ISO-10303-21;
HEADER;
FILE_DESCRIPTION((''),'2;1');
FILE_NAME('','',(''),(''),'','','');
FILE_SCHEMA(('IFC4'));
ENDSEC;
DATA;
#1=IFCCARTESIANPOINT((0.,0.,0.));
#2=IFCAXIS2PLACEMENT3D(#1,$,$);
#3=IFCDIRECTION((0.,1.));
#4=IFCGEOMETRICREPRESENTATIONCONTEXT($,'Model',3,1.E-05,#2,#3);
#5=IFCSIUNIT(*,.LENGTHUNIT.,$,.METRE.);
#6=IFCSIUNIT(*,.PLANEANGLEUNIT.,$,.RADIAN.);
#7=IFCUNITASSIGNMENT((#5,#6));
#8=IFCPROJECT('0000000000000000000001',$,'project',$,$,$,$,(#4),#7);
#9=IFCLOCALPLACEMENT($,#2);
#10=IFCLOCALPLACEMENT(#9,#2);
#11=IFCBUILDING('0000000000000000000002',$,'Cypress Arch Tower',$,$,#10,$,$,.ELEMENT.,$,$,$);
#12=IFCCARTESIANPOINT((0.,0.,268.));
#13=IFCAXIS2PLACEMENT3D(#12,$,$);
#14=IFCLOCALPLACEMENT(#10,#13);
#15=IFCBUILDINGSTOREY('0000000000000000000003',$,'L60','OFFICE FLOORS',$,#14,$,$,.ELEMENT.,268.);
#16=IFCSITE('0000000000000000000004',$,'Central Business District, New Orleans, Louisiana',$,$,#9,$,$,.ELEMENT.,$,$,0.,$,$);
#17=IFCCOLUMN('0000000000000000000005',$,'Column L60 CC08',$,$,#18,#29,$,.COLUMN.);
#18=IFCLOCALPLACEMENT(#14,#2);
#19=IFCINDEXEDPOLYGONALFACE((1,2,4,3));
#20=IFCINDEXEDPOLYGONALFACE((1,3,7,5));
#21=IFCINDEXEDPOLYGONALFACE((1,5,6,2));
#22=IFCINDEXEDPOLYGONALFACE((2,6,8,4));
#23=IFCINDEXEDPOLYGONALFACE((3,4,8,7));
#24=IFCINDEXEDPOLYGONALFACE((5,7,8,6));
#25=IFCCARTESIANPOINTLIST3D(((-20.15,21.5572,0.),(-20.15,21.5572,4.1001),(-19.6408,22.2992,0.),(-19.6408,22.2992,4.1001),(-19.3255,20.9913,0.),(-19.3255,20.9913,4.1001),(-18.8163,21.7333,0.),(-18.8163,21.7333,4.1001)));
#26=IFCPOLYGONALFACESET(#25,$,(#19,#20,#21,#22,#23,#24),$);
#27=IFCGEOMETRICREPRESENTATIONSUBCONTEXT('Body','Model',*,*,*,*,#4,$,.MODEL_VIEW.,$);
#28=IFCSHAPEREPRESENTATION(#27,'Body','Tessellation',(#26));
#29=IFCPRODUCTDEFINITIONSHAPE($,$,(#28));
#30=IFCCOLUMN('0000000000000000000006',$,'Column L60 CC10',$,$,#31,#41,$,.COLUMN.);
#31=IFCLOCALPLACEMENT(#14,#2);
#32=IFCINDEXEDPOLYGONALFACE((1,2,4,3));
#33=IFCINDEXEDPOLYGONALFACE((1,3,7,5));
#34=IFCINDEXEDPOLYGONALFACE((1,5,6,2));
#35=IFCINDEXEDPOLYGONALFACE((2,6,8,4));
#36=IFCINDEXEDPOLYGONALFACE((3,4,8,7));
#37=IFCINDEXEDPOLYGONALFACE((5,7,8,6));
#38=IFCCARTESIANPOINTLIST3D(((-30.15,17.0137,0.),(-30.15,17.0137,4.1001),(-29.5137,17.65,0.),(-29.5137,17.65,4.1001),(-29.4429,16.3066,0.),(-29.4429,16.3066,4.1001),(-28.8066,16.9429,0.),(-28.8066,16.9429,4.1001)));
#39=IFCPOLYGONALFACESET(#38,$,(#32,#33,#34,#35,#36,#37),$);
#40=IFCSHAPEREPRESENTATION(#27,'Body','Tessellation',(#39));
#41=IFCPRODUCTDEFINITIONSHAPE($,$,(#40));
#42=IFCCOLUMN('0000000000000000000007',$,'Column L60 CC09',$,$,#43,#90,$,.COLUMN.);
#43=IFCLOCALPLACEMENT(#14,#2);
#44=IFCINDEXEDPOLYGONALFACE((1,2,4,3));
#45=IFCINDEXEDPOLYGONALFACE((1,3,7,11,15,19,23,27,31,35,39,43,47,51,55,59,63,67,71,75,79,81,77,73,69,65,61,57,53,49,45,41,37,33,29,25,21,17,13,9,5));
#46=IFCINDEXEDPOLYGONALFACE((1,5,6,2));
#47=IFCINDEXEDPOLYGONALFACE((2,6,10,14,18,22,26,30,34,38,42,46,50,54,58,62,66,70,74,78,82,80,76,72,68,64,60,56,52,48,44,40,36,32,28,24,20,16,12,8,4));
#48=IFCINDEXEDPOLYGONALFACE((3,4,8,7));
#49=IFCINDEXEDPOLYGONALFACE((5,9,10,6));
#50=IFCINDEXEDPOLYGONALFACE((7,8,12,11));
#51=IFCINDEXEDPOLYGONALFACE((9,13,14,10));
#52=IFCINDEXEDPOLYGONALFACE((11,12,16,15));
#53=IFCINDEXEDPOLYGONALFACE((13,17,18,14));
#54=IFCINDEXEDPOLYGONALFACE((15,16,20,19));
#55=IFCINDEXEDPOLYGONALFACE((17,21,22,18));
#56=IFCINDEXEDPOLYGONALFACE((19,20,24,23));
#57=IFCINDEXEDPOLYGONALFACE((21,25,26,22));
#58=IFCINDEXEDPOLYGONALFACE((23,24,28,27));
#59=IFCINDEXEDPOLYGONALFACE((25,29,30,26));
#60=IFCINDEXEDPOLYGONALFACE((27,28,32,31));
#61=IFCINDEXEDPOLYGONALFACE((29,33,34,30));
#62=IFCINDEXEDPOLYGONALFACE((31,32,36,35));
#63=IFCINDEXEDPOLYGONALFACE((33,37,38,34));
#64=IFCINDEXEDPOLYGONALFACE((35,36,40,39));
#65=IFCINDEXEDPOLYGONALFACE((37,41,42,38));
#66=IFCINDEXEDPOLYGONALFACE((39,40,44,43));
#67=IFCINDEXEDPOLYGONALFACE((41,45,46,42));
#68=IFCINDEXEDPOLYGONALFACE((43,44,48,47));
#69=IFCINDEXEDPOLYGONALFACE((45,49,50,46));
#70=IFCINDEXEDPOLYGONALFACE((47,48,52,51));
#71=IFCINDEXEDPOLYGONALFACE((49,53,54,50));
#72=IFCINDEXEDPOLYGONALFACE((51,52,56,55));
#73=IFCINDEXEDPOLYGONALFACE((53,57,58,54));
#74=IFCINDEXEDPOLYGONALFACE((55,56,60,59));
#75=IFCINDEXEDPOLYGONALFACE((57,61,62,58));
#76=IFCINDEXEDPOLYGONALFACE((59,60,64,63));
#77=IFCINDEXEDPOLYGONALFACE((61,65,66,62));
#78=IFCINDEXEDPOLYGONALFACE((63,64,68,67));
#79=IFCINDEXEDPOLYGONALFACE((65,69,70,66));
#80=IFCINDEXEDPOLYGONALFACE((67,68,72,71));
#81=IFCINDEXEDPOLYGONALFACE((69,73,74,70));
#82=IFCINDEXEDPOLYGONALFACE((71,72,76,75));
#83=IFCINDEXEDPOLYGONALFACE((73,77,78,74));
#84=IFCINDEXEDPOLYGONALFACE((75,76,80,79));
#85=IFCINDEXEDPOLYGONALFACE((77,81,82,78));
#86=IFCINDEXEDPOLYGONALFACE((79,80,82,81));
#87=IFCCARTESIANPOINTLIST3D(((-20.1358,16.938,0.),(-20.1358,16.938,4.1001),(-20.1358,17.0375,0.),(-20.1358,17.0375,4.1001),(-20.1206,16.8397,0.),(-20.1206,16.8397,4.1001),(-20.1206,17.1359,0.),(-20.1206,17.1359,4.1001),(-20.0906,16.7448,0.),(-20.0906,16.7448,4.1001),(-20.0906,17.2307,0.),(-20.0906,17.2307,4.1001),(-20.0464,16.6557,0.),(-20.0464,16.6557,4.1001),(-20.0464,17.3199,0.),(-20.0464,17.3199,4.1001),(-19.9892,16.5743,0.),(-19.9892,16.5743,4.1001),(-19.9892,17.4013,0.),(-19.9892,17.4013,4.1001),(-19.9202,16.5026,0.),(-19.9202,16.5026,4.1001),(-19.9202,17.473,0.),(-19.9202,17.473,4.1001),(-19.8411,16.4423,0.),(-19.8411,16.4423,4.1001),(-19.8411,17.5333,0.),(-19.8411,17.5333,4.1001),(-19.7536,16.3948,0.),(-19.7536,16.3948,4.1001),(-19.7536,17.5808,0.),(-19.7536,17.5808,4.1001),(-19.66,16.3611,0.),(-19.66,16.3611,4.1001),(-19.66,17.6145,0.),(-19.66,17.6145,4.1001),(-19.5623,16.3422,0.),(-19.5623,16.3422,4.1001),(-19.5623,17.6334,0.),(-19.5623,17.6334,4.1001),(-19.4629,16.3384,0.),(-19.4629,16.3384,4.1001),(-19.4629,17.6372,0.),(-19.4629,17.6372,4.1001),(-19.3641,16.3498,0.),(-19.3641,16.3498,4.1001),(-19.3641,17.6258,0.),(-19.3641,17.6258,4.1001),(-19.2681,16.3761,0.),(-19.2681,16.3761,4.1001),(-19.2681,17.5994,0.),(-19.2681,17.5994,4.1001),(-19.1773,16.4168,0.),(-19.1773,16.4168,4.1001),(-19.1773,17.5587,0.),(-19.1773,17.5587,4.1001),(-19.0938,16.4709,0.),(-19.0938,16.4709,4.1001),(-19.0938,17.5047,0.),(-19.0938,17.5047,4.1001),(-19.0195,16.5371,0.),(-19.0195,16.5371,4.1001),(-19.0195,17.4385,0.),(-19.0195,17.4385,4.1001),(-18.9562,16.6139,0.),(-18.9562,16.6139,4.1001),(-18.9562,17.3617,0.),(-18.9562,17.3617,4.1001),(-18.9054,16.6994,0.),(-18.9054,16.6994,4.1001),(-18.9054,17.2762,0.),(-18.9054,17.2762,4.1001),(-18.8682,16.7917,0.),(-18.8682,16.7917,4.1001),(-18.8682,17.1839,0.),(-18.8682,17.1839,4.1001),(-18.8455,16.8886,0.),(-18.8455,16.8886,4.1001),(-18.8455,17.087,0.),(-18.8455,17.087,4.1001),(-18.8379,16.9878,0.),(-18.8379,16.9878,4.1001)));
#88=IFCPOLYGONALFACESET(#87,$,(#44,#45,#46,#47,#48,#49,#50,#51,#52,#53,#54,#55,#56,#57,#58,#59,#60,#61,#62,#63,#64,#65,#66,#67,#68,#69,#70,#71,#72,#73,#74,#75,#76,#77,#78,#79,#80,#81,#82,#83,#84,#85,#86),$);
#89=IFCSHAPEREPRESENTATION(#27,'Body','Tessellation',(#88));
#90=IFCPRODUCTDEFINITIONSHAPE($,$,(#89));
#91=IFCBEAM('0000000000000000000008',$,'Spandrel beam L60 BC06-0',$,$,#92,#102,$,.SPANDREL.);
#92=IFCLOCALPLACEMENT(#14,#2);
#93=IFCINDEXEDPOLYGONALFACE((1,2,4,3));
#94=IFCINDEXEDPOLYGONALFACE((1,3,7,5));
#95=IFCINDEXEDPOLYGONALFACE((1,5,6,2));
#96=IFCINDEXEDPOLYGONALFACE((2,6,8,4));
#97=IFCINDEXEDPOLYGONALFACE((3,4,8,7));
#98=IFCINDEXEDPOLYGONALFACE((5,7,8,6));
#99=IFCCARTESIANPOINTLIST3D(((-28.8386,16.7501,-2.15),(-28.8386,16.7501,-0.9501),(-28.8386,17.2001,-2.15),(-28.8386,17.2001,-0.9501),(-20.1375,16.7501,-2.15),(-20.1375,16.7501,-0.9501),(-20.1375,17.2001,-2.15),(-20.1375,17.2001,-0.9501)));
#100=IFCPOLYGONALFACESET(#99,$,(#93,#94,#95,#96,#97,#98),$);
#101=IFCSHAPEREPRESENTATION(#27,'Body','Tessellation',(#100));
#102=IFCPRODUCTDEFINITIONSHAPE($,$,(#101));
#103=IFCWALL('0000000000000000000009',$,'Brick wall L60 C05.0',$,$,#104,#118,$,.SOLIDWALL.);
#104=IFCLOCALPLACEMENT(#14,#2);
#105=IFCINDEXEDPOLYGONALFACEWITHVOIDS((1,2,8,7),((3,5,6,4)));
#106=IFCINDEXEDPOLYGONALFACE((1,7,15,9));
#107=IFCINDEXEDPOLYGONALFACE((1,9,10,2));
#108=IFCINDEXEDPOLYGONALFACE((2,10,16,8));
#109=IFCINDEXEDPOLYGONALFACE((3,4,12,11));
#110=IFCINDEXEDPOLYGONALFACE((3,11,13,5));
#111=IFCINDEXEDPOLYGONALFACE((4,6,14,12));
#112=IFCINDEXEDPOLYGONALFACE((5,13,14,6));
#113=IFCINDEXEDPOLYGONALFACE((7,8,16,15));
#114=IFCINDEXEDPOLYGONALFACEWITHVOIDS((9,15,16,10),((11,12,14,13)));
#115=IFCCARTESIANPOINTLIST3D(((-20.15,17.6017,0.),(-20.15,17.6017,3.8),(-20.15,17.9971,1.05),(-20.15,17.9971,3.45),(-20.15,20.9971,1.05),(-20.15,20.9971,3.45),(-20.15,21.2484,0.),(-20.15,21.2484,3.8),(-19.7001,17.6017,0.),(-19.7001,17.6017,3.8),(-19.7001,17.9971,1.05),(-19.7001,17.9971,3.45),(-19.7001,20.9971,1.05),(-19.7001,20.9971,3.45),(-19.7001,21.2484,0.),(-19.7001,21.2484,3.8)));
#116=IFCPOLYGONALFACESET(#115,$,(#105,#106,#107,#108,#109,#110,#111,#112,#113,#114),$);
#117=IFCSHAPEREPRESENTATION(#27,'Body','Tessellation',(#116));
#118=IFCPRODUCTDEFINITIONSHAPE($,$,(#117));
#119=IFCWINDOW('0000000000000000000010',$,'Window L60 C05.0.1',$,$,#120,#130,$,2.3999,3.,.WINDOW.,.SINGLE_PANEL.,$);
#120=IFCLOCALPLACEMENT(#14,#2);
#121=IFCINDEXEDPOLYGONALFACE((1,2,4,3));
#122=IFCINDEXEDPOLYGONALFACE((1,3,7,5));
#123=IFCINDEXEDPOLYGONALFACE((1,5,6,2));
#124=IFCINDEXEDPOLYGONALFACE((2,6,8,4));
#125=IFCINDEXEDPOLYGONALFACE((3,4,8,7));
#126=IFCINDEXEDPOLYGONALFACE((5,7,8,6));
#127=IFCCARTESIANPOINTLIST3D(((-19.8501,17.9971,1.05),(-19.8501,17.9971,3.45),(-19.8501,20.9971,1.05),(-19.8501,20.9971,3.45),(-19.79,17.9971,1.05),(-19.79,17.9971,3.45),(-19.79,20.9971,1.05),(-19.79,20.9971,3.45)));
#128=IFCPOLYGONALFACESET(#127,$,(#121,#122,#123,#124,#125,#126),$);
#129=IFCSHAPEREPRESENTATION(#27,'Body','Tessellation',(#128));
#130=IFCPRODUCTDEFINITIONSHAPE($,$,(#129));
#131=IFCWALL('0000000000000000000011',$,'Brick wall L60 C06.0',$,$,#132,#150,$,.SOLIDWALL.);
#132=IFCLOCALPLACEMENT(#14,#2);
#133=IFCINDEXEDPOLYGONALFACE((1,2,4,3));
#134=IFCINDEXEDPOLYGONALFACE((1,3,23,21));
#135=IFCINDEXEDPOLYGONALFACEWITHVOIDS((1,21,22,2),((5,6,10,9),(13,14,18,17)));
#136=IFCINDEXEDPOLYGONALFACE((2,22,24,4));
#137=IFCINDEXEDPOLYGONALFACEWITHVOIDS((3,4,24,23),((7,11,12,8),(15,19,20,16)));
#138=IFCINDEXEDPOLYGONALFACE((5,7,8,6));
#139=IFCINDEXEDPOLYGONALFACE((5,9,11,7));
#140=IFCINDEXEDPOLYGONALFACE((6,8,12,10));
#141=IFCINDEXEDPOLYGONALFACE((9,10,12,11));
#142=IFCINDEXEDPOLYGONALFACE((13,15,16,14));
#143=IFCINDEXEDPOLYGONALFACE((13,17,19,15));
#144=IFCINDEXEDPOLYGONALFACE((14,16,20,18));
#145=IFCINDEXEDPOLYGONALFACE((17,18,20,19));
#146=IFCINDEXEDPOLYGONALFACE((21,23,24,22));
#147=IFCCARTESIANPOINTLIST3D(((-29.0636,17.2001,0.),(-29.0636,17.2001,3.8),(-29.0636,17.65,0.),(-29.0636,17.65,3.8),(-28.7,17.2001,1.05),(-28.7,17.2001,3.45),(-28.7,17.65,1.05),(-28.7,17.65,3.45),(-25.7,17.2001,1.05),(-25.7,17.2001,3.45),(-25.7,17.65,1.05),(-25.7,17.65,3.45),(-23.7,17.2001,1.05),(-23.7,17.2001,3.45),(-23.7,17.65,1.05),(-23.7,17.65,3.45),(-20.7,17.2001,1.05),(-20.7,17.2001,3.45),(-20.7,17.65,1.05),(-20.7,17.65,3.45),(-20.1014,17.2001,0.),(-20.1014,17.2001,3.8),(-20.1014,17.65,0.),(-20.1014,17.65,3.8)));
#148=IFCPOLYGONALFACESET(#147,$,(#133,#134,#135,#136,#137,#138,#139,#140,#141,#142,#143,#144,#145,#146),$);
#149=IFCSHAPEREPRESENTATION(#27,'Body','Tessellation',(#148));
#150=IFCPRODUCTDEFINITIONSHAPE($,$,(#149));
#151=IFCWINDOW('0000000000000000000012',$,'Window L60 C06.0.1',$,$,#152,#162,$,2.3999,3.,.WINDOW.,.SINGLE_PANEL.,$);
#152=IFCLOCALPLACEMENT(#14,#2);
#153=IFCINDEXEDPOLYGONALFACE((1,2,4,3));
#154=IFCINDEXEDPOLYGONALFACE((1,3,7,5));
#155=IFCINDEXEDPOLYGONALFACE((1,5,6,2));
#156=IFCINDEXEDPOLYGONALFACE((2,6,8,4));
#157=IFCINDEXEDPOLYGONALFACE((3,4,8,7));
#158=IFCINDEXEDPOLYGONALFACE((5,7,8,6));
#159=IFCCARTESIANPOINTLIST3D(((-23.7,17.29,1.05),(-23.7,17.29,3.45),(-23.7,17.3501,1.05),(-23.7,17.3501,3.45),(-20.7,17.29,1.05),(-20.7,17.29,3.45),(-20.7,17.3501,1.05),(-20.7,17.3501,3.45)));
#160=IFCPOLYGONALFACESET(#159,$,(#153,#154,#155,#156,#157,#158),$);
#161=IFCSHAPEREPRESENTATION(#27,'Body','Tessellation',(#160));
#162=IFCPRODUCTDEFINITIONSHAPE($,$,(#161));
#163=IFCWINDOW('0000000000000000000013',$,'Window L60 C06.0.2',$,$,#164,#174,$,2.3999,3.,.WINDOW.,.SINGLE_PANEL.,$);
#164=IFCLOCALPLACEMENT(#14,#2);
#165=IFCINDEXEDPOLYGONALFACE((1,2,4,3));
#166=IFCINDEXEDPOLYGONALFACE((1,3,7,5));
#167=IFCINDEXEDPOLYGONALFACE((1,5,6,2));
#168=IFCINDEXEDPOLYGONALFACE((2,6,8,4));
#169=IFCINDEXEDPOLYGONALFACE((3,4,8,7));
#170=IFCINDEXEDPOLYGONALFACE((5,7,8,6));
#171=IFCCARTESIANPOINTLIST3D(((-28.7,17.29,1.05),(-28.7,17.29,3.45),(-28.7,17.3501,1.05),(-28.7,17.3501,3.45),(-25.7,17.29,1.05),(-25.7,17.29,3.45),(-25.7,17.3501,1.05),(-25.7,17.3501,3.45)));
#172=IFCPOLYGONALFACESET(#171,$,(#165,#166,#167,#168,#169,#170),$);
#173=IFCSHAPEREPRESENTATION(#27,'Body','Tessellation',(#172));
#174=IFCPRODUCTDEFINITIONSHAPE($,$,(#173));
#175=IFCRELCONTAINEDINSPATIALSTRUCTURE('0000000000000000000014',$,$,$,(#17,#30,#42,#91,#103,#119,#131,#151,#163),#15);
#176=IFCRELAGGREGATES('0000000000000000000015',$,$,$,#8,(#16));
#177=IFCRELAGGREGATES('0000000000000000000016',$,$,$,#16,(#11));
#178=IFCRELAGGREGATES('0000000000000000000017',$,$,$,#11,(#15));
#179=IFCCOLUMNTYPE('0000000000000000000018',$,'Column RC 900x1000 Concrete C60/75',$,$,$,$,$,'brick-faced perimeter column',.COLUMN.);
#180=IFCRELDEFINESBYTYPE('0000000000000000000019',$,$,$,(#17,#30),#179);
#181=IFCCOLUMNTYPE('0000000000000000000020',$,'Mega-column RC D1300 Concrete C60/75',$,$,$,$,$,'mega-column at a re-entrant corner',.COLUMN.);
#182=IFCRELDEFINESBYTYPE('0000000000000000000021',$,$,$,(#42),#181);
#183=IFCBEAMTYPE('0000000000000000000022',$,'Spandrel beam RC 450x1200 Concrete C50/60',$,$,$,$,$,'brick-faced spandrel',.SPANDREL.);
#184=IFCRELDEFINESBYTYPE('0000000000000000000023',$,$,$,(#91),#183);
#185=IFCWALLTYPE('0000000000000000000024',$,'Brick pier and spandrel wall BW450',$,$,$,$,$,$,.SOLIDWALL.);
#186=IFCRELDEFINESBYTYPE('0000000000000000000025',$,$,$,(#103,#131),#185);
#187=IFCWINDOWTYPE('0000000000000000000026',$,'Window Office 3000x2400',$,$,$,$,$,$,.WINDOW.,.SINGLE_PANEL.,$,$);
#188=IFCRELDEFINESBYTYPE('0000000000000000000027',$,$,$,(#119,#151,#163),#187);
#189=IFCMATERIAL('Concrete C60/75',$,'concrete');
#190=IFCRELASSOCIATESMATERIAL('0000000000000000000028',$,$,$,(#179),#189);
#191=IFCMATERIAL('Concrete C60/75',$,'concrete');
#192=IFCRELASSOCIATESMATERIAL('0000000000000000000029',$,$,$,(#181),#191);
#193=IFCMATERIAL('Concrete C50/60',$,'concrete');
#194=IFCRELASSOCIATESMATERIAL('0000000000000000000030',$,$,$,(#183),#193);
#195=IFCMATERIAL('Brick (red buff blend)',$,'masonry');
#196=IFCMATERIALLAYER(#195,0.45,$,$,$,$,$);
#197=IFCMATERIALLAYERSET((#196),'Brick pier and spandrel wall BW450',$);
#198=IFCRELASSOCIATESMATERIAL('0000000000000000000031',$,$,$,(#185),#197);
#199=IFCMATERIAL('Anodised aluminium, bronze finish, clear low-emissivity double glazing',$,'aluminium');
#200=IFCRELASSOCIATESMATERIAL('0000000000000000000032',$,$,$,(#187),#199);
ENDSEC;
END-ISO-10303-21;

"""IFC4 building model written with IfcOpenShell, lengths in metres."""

from ifc_helpers import new_model, si_unit, direction, frame, frame_2d, origin, origin_2d, place, context, subcontext, project, spatial, rectangle, circle, extrude, material, layer, layer_set, material_profile, profile_set, type_object, element, fill, save


model = new_model("IFC4")

# Units and contexts
model_context = context("Model", 3, precision=1e-05, world=origin(), true_north=direction((0.0, 1.0)))
body_context = subcontext(model_context, "Body", "Model", "MODEL_VIEW")
ifc_project = project(units=[si_unit("LENGTHUNIT", "METRE"), si_unit("PLANEANGLEUNIT", "RADIAN")], contexts=[model_context])

# Site, building, storey
site_placement = place(None, origin())
site = spatial("IfcSite", under=ifc_project, at=site_placement, Name="Central Business District, New Orleans, Louisiana", CompositionType="ELEMENT", RefElevation=0.0)
building_placement = place(site_placement, origin())
building = spatial("IfcBuilding", under=site, at=building_placement, Name="Cypress Arch Tower", CompositionType="ELEMENT")
storey_placement = place(building_placement, frame((0.0, 0.0, 268.0)))
storey = spatial("IfcBuildingStorey", under=building, at=storey_placement, Name="L60", Description="OFFICE FLOORS", CompositionType="ELEMENT", Elevation=268.0)

# Columns
ifc_material_1 = material(Name="Concrete C60/75", Category="concrete")
ifc_material_profile_1 = material_profile(ifc_material_1, rectangle(XDim=0.8999, YDim=1.0, at=origin_2d()), Name="RC 900x1000")
ifc_profile_set_1 = profile_set([ifc_material_profile_1], Name="Concrete C60/75")
column_type_1 = type_object("IfcColumnType", Name="Column RC 900x1000 Concrete C60/75", ElementType="brick-faced perimeter column", PredefinedType="COLUMN", material=ifc_profile_set_1)
for number, where, z_axis, x_axis, name in (
    (1, (-19.4832, 21.6453, 0.0), (0.0, 0.0, 1.0), (-0.565893, -0.824479, 0.0), "Column L60 CC08"),
    (2, (-29.4783, 16.9783, 0.0), (0.0, 0.0, 1.0), (-0.707107, -0.707107, 0.0), "Column L60 CC10"),
):
    element("IfcColumn", number, at=place(storey_placement, frame(where, z_axis=z_axis, x_axis=x_axis)), inside=storey, type_object=column_type_1, Name=name, PredefinedType="COLUMN", context=body_context, shape_type="SweptSolid", body=[
        extrude(rectangle(XDim=0.8999, YDim=1.0, at=origin_2d()), origin(), (0.0, 0.0, 1.0), 4.1001),
    ])
ifc_material_2 = material(Name="Concrete C60/75", Category="concrete")
ifc_material_profile_2 = material_profile(ifc_material_2, circle(Radius=0.6499, at=origin_2d()), Name="RC D1300")
ifc_profile_set_2 = profile_set([ifc_material_profile_2], Name="Concrete C60/75")
column_type_2 = type_object("IfcColumnType", Name="Mega-column RC D1300 Concrete C60/75", ElementType="mega-column at a re-entrant corner", PredefinedType="COLUMN", material=ifc_profile_set_2)
column_placement = place(storey_placement, frame((-19.4878, 16.9878, 0.0), z_axis=(0.0, 0.0, 1.0), x_axis=(1.0, 0.0, 0.0)))
element("IfcColumn", 3, at=column_placement, inside=storey, type_object=column_type_2, Name="Column L60 CC09", PredefinedType="COLUMN", context=body_context, shape_type="SweptSolid", body=[
    extrude(circle(Radius=0.6499, at=origin_2d()), origin(), (0.0, 0.0, 1.0), 4.1001),
])

# Beam
ifc_material_3 = material(Name="Concrete C50/60", Category="concrete")
ifc_material_profile_3 = material_profile(ifc_material_3, rectangle(XDim=0.45, YDim=1.2, at=origin_2d()), Name="RC 450x1200")
ifc_profile_set_3 = profile_set([ifc_material_profile_3], Name="Concrete C50/60")
beam_type = type_object("IfcBeamType", Name="Spandrel beam RC 450x1200 Concrete C50/60", ElementType="brick-faced spandrel", PredefinedType="SPANDREL", material=ifc_profile_set_3)
beam_placement = place(storey_placement, frame((-20.1375, 16.9751, -1.55), z_axis=(-1.0, 0.0, 0.0), x_axis=(0.0, -1.0, 0.0)))
element("IfcBeam", 4, at=beam_placement, inside=storey, type_object=beam_type, Name="Spandrel beam L60 BC06-0", PredefinedType="SPANDREL", context=body_context, shape_type="SweptSolid", body=[
    extrude(rectangle(XDim=0.45, YDim=1.2, at=origin_2d()), origin(), (0.0, 0.0, 1.0), 8.7012),
])

# Wall, opening, window
ifc_material_4 = material(Name="Brick (red buff blend)", Category="masonry")
ifc_layer_1 = layer(ifc_material_4, 0.45)
ifc_layer_set_1 = layer_set([ifc_layer_1], Name="Brick pier and spandrel wall BW450")
wall_type_1 = type_object("IfcWallType", Name="Brick pier and spandrel wall BW450", PredefinedType="SOLIDWALL", material=ifc_layer_set_1)
wall_1_placement = place(storey_placement, frame((-19.925, 21.2483, 0.0), z_axis=(0.0, 0.0, 1.0), x_axis=(0.0, -1.0, 0.0)))
wall_1 = element("IfcWall", 5, at=wall_1_placement, inside=storey, type_object=wall_type_1, Name="Brick wall L60 C05.0", PredefinedType="SOLIDWALL", context=body_context, shape_type="SweptSolid", body=[
    extrude(rectangle(XDim=3.6467, YDim=0.45, at=frame_2d((1.8232, 0.0))), origin(), (0.0, 0.0, 1.0), 3.8),
])
opening_1_placement = place(wall_1_placement, frame((0.2512, 0.0, 1.05)))
opening_1 = element("IfcOpeningElement", 6, at=opening_1_placement, cuts=wall_1, PredefinedType="OPENING", context=body_context, shape_type="SweptSolid", body=[
    extrude(rectangle(XDim=3.0, YDim=2.3999, at=frame_2d((1.5, 1.2))), frame((0.0, 0.2349, 0.0), z_axis=(0.0, -1.0, 0.0), x_axis=(1.0, 0.0, 0.0)), (0.0, 0.0, 1.0), 0.47),
])
ifc_material_5 = material(Name="Anodised aluminium, bronze finish, clear low-emissivity double glazing", Category="aluminium")
window_type = type_object("IfcWindowType", Name="Window Office 3000x2400", PartitioningType="SINGLE_PANEL", PredefinedType="WINDOW", material=ifc_material_5)
window_1_placement = place(opening_1_placement, origin())
window_1 = element("IfcWindow", 7, at=window_1_placement, inside=storey, type_object=window_type, Name="Window L60 C05.0.1", OverallHeight=2.3999, OverallWidth=3.0, PartitioningType="SINGLE_PANEL", PredefinedType="WINDOW", context=body_context, shape_type="SweptSolid", body=[
    extrude(rectangle(XDim=3.0, YDim=2.3999, at=frame_2d((1.5, 1.2))), frame((0.0, 0.135, 0.0), z_axis=(0.0, -1.0, 0.0), x_axis=(1.0, 0.0, 0.0)), (0.0, 0.0, 1.0), 0.0601),
])
fill(opening_1, window_1)

# Wall, openings, windows
wall_2_placement = place(storey_placement, frame((-20.1016, 17.425, 0.0), z_axis=(0.0, 0.0, 1.0), x_axis=(-1.0, 0.0, 0.0)))
wall_2 = element("IfcWall", 8, at=wall_2_placement, inside=storey, type_object=wall_type_1, Name="Brick wall L60 C06.0", PredefinedType="SOLIDWALL", context=body_context, shape_type="SweptSolid", body=[
    extrude(rectangle(XDim=8.9622, YDim=0.45, at=frame_2d((4.481, 0.0))), origin(), (0.0, 0.0, 1.0), 3.8),
])
opening_2_placement = place(wall_2_placement, frame((0.5984, 0.0, 1.05)))
opening_2 = element("IfcOpeningElement", 9, at=opening_2_placement, cuts=wall_2, PredefinedType="OPENING", context=body_context, shape_type="SweptSolid", body=[
    extrude(rectangle(XDim=3.0, YDim=2.3999, at=frame_2d((1.5, 1.2))), frame((0.0, 0.2349, 0.0), z_axis=(0.0, -1.0, 0.0), x_axis=(1.0, 0.0, 0.0)), (0.0, 0.0, 1.0), 0.47),
])
opening_3_placement = place(wall_2_placement, frame((5.5984, 0.0, 1.05)))
opening_3 = element("IfcOpeningElement", 10, at=opening_3_placement, cuts=wall_2, PredefinedType="OPENING", context=body_context, shape_type="SweptSolid", body=[
    extrude(rectangle(XDim=3.0, YDim=2.3999, at=frame_2d((1.5, 1.2))), frame((0.0, 0.2349, 0.0), z_axis=(0.0, -1.0, 0.0), x_axis=(1.0, 0.0, 0.0)), (0.0, 0.0, 1.0), 0.47),
])
window_2_placement = place(opening_2_placement, origin())
window_2 = element("IfcWindow", 11, at=window_2_placement, inside=storey, type_object=window_type, Name="Window L60 C06.0.1", OverallHeight=2.3999, OverallWidth=3.0, PartitioningType="SINGLE_PANEL", PredefinedType="WINDOW", context=body_context, shape_type="SweptSolid", body=[
    extrude(rectangle(XDim=3.0, YDim=2.3999, at=frame_2d((1.5, 1.2))), frame((0.0, 0.135, 0.0), z_axis=(0.0, -1.0, 0.0), x_axis=(1.0, 0.0, 0.0)), (0.0, 0.0, 1.0), 0.0601),
])
fill(opening_2, window_2)
window_3_placement = place(opening_3_placement, origin())
window_3 = element("IfcWindow", 12, at=window_3_placement, inside=storey, type_object=window_type, Name="Window L60 C06.0.2", OverallHeight=2.3999, OverallWidth=3.0, PartitioningType="SINGLE_PANEL", PredefinedType="WINDOW", context=body_context, shape_type="SweptSolid", body=[
    extrude(rectangle(XDim=3.0, YDim=2.3999, at=frame_2d((1.5, 1.2))), frame((0.0, 0.135, 0.0), z_axis=(0.0, -1.0, 0.0), x_axis=(1.0, 0.0, 0.0)), (0.0, 0.0, 1.0), 0.0601),
])
fill(opening_3, window_3)

save(model, "model.ifc")
